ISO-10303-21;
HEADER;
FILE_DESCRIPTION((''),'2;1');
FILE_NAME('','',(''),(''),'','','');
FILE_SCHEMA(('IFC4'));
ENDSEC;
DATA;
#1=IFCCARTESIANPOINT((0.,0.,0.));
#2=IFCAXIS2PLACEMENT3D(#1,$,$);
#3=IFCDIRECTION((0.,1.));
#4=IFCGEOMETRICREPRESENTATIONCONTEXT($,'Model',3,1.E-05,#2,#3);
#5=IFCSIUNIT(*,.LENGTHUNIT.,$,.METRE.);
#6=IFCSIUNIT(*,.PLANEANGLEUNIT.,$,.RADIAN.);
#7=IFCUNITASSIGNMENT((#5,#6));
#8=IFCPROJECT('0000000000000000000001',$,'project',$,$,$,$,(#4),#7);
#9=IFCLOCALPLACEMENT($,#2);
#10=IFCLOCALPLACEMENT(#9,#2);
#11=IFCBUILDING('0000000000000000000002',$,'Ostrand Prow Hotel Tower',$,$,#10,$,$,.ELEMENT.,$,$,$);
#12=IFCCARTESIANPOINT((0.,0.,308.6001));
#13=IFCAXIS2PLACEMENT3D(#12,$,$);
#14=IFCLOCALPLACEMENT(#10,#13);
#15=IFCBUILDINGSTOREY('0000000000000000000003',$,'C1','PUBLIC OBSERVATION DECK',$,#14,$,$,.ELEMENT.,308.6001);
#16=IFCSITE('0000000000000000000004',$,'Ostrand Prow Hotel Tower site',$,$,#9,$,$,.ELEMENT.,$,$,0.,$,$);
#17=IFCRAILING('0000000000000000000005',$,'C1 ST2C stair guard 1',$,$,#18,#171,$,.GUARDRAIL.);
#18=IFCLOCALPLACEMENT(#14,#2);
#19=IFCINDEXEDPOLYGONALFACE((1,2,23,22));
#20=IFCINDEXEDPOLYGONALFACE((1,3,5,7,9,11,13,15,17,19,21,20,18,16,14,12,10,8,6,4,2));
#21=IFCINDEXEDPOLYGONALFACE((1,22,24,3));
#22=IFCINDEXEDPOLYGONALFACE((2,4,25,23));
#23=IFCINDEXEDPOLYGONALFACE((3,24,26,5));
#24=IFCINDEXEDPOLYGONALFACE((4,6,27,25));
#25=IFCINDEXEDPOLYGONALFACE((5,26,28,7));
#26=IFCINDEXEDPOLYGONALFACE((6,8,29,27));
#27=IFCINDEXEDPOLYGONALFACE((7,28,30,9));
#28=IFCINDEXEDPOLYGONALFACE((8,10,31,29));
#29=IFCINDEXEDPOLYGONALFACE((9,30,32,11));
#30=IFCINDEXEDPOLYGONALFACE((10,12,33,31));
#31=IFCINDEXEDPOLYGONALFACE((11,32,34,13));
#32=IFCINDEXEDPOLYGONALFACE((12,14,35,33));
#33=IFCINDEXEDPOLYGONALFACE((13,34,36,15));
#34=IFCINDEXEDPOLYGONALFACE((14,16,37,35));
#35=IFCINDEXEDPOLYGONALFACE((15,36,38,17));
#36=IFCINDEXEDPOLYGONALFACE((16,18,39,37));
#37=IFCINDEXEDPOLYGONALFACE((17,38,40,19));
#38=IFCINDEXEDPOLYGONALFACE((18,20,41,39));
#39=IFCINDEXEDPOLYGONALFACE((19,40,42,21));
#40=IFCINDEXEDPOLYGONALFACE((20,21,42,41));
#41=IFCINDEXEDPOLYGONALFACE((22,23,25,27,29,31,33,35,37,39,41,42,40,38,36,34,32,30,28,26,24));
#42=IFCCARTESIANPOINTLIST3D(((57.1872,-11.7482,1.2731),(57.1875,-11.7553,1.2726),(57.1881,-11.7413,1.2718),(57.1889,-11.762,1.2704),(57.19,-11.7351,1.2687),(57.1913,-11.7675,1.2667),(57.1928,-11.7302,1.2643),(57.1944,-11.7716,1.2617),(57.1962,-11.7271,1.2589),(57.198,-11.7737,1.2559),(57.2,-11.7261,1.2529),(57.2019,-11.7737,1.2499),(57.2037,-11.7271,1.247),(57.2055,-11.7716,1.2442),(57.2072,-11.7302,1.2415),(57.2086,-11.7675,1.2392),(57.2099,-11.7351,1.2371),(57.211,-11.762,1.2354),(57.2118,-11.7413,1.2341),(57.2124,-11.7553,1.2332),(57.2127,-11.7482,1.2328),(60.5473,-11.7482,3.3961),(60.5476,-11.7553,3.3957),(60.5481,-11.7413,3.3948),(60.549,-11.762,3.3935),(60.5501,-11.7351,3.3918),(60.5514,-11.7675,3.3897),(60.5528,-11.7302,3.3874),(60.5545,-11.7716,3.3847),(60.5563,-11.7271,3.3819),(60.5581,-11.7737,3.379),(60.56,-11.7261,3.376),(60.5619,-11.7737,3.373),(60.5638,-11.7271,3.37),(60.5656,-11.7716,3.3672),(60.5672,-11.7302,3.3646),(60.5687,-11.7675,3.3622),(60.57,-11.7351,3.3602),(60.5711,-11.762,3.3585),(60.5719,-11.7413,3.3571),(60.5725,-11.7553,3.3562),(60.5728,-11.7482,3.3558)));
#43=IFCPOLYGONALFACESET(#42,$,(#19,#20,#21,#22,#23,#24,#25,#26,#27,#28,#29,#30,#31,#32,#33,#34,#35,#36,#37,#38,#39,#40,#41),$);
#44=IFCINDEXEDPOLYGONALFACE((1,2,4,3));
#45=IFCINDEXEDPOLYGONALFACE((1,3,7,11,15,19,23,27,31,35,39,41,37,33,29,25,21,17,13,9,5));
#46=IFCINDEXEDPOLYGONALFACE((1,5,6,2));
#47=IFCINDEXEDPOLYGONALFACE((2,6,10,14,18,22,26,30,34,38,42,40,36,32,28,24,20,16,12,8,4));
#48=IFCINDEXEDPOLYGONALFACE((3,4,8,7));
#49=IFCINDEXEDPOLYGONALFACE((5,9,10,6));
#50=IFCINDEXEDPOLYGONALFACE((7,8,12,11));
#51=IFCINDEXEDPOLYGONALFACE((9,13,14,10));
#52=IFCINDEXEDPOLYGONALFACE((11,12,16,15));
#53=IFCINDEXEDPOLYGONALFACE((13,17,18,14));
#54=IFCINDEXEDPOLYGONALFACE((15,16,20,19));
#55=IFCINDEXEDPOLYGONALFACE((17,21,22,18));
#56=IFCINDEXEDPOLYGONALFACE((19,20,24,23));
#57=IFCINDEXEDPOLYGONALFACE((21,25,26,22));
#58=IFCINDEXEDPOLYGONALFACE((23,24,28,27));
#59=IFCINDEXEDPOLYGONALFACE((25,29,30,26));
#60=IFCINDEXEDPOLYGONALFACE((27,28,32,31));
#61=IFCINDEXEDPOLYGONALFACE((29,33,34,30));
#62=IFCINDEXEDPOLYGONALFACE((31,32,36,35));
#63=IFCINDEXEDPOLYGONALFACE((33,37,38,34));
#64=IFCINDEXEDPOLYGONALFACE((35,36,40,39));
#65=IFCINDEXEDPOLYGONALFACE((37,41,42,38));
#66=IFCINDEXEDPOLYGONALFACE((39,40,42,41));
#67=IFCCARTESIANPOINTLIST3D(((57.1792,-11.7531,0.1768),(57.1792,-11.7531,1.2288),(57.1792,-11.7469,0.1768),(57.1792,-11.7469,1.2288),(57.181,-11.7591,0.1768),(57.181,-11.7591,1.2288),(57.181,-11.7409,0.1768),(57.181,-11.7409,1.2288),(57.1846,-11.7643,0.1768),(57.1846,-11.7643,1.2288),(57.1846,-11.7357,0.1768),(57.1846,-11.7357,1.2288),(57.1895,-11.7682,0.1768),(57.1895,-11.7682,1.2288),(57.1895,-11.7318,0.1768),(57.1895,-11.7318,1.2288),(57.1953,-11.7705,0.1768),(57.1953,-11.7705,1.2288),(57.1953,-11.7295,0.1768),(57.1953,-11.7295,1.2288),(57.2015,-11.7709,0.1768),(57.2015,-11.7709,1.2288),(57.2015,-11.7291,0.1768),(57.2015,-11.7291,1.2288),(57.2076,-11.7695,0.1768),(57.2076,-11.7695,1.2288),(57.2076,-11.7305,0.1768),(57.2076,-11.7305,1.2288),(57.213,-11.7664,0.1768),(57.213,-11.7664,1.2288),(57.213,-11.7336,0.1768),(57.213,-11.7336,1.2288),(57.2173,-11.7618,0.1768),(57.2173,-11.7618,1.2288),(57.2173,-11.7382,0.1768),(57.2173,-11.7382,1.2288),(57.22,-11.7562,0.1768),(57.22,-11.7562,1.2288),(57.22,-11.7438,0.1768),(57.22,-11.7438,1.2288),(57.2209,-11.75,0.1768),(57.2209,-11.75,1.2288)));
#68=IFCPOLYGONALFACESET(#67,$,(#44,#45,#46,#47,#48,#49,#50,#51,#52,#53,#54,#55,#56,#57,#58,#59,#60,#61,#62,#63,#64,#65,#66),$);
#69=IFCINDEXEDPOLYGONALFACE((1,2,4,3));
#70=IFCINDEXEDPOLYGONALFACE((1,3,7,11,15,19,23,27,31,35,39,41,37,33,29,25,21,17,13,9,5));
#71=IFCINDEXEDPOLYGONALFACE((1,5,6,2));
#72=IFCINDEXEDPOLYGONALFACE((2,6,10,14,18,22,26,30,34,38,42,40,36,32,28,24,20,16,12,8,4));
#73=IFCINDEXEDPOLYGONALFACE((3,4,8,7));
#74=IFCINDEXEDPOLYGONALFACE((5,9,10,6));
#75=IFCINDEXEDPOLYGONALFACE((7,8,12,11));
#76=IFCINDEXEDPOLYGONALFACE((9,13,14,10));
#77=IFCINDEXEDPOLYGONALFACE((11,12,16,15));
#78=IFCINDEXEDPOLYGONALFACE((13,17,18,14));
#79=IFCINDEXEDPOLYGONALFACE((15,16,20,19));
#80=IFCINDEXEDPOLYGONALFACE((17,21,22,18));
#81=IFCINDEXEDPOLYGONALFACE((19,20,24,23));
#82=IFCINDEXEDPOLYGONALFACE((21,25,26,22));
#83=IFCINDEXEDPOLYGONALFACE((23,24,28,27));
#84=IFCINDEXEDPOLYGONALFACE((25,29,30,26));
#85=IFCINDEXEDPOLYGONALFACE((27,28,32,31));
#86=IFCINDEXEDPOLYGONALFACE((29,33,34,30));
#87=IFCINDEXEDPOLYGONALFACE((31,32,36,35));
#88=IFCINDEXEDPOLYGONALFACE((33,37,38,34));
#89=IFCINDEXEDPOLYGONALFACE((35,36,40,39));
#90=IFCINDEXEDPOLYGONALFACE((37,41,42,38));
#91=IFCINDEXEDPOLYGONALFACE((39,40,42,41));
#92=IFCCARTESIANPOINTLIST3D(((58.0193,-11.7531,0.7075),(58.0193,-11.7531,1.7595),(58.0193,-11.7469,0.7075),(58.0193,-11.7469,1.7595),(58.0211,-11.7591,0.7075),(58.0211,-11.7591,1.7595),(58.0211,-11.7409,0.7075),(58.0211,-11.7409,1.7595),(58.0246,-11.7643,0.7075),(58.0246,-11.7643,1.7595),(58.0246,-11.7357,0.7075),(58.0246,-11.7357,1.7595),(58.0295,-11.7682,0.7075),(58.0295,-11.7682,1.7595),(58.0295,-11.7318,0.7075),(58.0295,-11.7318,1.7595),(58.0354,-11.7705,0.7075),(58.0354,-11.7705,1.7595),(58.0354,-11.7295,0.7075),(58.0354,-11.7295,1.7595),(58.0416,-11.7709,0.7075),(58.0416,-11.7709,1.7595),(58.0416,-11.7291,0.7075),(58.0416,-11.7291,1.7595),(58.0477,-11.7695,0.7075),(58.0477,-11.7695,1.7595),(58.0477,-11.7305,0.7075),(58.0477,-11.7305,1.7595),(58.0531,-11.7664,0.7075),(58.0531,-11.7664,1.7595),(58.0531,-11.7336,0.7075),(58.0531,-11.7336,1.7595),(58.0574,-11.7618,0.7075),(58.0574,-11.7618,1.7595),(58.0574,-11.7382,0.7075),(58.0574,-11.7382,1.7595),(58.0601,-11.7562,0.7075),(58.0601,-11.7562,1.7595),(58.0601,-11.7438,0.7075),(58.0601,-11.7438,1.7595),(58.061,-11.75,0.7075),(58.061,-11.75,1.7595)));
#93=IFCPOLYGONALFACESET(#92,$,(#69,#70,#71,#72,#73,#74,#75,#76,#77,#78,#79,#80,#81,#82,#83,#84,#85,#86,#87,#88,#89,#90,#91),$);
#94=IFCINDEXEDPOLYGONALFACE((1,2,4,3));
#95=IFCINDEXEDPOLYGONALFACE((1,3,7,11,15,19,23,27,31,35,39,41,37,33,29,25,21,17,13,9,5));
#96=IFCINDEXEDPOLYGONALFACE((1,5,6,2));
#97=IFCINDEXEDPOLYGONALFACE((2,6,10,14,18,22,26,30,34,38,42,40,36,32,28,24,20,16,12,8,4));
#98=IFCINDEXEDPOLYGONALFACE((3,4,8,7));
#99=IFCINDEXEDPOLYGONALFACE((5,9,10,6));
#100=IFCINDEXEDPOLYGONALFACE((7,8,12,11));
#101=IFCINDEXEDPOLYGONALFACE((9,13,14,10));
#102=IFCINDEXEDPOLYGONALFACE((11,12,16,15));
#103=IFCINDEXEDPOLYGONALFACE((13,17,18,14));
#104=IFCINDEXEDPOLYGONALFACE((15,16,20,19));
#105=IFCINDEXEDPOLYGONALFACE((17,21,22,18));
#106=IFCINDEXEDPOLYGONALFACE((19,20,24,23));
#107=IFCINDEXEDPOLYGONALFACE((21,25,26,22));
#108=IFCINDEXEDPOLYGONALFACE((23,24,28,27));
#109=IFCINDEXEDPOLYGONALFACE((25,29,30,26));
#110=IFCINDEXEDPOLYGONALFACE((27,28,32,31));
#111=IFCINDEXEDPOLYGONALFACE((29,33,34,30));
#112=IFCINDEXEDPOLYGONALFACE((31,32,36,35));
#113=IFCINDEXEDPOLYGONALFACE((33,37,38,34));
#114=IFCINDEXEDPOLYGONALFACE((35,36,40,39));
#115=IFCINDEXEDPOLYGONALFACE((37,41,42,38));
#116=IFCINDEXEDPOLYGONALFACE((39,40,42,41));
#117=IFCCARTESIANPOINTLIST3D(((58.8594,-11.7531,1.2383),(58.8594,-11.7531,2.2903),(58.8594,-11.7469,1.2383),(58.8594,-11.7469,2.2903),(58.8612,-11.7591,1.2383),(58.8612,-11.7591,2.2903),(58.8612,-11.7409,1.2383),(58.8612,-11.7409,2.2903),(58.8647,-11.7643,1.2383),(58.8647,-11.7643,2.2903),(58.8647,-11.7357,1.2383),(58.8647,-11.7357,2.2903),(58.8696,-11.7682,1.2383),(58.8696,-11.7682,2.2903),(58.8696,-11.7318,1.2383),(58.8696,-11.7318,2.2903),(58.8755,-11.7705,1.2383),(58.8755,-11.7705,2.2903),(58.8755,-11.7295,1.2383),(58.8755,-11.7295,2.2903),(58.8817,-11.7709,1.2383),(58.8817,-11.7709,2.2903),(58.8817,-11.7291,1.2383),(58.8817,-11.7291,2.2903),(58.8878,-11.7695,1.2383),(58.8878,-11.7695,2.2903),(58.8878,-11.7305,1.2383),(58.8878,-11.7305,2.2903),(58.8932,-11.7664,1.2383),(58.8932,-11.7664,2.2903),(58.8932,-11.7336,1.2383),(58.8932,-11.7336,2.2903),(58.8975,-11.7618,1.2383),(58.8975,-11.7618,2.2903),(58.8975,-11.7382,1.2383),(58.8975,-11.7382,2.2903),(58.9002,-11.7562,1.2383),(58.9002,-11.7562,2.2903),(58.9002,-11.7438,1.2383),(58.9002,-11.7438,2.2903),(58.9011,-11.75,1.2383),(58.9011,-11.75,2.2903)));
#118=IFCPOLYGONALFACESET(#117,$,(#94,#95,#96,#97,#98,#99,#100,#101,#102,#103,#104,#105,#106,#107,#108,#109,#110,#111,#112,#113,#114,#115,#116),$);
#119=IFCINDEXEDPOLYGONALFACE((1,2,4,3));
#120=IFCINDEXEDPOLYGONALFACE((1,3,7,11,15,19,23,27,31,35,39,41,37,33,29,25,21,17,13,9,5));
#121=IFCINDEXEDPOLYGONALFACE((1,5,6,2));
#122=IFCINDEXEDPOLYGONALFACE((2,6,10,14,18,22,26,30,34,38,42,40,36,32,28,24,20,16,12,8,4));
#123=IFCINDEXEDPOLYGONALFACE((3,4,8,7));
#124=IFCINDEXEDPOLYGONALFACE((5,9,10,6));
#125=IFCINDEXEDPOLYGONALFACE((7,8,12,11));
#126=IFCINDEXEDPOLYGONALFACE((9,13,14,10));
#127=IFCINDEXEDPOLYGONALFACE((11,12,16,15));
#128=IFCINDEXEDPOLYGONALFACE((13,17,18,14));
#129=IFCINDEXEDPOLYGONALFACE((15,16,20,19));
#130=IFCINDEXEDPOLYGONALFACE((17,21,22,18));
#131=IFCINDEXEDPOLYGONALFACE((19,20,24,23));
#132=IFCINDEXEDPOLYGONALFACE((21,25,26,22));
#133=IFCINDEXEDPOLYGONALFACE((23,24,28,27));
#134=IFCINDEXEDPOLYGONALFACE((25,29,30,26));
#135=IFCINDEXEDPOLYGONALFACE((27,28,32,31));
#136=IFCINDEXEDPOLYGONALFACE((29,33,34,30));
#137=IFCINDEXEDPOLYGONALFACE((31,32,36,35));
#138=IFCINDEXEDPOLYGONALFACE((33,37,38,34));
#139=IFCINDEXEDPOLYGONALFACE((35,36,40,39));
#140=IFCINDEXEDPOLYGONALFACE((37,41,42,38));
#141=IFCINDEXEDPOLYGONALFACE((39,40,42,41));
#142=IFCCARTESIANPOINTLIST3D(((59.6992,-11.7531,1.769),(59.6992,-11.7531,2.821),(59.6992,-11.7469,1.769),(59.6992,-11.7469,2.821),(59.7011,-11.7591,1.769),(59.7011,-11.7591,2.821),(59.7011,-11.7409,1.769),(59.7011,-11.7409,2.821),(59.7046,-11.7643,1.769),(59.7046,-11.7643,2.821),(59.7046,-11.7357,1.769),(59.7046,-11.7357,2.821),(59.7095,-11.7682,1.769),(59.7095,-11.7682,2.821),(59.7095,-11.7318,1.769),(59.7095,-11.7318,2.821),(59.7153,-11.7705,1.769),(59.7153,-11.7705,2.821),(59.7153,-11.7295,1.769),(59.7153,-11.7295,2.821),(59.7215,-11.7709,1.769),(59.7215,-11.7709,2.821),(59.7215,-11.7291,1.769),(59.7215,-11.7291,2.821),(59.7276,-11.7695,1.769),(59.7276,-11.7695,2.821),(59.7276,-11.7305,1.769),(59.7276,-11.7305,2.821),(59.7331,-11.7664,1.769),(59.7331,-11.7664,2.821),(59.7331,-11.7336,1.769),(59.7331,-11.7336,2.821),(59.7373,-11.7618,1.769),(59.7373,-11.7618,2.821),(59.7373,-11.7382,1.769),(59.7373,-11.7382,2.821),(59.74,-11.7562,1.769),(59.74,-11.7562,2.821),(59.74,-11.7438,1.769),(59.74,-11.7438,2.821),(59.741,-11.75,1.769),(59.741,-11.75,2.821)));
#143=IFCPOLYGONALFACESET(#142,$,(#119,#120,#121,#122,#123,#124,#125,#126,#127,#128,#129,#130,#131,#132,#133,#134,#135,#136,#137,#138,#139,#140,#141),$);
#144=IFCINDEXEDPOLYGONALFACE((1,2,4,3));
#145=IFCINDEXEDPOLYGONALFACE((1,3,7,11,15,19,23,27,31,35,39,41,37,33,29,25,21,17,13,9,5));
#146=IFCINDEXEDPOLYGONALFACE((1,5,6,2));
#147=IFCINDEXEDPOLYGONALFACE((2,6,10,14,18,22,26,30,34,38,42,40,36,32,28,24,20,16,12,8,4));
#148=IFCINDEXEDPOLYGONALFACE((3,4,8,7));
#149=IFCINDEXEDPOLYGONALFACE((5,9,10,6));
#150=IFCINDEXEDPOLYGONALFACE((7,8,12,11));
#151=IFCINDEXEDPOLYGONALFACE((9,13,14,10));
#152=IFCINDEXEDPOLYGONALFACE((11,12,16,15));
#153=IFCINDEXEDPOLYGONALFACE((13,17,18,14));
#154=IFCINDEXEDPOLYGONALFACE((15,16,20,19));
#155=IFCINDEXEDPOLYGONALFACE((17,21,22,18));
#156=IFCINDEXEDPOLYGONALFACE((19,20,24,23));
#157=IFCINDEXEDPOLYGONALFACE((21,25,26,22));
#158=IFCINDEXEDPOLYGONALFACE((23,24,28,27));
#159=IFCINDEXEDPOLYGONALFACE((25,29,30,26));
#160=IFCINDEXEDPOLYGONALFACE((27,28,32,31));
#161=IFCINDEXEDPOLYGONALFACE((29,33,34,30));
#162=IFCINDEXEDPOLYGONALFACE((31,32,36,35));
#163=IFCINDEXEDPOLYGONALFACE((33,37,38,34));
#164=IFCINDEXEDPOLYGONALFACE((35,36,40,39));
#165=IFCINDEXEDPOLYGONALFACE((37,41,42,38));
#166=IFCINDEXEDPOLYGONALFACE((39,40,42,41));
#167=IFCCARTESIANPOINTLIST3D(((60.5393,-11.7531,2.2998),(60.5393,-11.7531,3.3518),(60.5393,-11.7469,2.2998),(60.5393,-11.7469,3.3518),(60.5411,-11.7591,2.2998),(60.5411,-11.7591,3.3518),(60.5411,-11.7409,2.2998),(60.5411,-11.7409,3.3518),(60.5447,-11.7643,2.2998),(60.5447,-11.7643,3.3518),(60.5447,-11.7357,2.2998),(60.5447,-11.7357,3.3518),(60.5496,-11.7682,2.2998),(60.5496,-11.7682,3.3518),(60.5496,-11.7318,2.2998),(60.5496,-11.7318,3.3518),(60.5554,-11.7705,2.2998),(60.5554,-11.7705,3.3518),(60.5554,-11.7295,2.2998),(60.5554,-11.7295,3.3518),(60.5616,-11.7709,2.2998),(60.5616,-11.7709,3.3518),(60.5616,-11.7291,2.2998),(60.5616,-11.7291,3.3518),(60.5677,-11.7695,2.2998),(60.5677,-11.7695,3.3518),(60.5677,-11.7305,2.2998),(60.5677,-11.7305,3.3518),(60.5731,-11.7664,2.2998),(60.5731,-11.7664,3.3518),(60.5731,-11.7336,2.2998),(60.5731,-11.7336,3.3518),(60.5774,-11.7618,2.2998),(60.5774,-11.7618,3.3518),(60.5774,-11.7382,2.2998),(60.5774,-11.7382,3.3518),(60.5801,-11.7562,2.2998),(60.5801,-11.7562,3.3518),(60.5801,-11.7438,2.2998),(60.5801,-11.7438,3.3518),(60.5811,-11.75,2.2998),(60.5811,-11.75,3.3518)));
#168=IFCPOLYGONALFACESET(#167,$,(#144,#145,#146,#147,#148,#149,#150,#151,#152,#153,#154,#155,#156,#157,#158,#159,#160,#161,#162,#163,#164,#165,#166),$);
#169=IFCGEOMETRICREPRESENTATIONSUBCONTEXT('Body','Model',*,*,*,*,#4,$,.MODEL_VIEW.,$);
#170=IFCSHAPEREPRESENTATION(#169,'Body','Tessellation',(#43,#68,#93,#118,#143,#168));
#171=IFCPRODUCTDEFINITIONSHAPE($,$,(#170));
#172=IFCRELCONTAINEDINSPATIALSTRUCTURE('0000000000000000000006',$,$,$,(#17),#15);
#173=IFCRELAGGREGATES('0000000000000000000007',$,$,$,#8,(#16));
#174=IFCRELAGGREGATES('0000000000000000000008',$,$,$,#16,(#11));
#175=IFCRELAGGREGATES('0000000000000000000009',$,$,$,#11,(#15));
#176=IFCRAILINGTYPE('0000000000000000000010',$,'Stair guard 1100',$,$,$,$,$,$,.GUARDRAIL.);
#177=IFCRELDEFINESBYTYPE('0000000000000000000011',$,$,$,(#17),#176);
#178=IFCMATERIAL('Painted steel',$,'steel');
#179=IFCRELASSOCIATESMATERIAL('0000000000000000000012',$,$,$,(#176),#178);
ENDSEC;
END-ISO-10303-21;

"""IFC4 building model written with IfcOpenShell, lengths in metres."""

from ifc_helpers import new_model, si_unit, direction, frame, origin, origin_2d, place, context, subcontext, project, spatial, circle, extrude, material, type_object, element, save


model = new_model("IFC4")

# Units and contexts
model_context = context("Model", 3, precision=1e-05, world=origin(), true_north=direction((0.0, 1.0)))
body_context = subcontext(model_context, "Body", "Model", "MODEL_VIEW")
ifc_project = project(units=[si_unit("LENGTHUNIT", "METRE"), si_unit("PLANEANGLEUNIT", "RADIAN")], contexts=[model_context])

# Site, building, storey
site_placement = place(None, origin())
site = spatial("IfcSite", under=ifc_project, at=site_placement, Name="Ostrand Prow Hotel Tower site", CompositionType="ELEMENT", RefElevation=0.0)
building_placement = place(site_placement, origin())
building = spatial("IfcBuilding", under=site, at=building_placement, Name="Ostrand Prow Hotel Tower", CompositionType="ELEMENT")
storey_placement = place(building_placement, frame((0.0, 0.0, 308.6001)))
storey = spatial("IfcBuildingStorey", under=building, at=storey_placement, Name="C1", Description="PUBLIC OBSERVATION DECK", CompositionType="ELEMENT", Elevation=308.6001)

# Railing
ifc_material_1 = material(Name="Painted steel", Category="steel")
railing_type_1 = type_object("IfcRailingType", Name="Stair guard 1100", PredefinedType="GUARDRAIL", material=ifc_material_1)
railing_1_placement = place(storey_placement, frame((57.2, -11.75, 0.1768)))
element("IfcRailing", 1, at=railing_1_placement, inside=storey, type_object=railing_type_1, Name="C1 ST2C stair guard 1", PredefinedType="GUARDRAIL", context=body_context, shape_type="SweptSolid", body=[
    extrude(circle(Radius=0.0239, at=origin_2d()), frame((0.0, 0.0, 1.0762), z_axis=(0.84539, 0.0, 0.53415), x_axis=(0.0, 1.0, 0.0)), (0.0, 0.0, 1.0), 3.9746),
    extrude(circle(Radius=0.021, at=origin_2d()), origin(), (0.0, 0.0, 1.0), 1.052),
    extrude(circle(Radius=0.021, at=origin_2d()), frame((0.8401, 0.0, 0.5308)), (0.0, 0.0, 1.0), 1.052),
    extrude(circle(Radius=0.021, at=origin_2d()), frame((1.6802, 0.0, 1.0615)), (0.0, 0.0, 1.0), 1.052),
    extrude(circle(Radius=0.021, at=origin_2d()), frame((2.52, 0.0, 1.5923)), (0.0, 0.0, 1.0), 1.052),
    extrude(circle(Radius=0.021, at=origin_2d()), frame((3.3601, 0.0, 2.123)), (0.0, 0.0, 1.0), 1.052),
])

save(model, "model.ifc")
